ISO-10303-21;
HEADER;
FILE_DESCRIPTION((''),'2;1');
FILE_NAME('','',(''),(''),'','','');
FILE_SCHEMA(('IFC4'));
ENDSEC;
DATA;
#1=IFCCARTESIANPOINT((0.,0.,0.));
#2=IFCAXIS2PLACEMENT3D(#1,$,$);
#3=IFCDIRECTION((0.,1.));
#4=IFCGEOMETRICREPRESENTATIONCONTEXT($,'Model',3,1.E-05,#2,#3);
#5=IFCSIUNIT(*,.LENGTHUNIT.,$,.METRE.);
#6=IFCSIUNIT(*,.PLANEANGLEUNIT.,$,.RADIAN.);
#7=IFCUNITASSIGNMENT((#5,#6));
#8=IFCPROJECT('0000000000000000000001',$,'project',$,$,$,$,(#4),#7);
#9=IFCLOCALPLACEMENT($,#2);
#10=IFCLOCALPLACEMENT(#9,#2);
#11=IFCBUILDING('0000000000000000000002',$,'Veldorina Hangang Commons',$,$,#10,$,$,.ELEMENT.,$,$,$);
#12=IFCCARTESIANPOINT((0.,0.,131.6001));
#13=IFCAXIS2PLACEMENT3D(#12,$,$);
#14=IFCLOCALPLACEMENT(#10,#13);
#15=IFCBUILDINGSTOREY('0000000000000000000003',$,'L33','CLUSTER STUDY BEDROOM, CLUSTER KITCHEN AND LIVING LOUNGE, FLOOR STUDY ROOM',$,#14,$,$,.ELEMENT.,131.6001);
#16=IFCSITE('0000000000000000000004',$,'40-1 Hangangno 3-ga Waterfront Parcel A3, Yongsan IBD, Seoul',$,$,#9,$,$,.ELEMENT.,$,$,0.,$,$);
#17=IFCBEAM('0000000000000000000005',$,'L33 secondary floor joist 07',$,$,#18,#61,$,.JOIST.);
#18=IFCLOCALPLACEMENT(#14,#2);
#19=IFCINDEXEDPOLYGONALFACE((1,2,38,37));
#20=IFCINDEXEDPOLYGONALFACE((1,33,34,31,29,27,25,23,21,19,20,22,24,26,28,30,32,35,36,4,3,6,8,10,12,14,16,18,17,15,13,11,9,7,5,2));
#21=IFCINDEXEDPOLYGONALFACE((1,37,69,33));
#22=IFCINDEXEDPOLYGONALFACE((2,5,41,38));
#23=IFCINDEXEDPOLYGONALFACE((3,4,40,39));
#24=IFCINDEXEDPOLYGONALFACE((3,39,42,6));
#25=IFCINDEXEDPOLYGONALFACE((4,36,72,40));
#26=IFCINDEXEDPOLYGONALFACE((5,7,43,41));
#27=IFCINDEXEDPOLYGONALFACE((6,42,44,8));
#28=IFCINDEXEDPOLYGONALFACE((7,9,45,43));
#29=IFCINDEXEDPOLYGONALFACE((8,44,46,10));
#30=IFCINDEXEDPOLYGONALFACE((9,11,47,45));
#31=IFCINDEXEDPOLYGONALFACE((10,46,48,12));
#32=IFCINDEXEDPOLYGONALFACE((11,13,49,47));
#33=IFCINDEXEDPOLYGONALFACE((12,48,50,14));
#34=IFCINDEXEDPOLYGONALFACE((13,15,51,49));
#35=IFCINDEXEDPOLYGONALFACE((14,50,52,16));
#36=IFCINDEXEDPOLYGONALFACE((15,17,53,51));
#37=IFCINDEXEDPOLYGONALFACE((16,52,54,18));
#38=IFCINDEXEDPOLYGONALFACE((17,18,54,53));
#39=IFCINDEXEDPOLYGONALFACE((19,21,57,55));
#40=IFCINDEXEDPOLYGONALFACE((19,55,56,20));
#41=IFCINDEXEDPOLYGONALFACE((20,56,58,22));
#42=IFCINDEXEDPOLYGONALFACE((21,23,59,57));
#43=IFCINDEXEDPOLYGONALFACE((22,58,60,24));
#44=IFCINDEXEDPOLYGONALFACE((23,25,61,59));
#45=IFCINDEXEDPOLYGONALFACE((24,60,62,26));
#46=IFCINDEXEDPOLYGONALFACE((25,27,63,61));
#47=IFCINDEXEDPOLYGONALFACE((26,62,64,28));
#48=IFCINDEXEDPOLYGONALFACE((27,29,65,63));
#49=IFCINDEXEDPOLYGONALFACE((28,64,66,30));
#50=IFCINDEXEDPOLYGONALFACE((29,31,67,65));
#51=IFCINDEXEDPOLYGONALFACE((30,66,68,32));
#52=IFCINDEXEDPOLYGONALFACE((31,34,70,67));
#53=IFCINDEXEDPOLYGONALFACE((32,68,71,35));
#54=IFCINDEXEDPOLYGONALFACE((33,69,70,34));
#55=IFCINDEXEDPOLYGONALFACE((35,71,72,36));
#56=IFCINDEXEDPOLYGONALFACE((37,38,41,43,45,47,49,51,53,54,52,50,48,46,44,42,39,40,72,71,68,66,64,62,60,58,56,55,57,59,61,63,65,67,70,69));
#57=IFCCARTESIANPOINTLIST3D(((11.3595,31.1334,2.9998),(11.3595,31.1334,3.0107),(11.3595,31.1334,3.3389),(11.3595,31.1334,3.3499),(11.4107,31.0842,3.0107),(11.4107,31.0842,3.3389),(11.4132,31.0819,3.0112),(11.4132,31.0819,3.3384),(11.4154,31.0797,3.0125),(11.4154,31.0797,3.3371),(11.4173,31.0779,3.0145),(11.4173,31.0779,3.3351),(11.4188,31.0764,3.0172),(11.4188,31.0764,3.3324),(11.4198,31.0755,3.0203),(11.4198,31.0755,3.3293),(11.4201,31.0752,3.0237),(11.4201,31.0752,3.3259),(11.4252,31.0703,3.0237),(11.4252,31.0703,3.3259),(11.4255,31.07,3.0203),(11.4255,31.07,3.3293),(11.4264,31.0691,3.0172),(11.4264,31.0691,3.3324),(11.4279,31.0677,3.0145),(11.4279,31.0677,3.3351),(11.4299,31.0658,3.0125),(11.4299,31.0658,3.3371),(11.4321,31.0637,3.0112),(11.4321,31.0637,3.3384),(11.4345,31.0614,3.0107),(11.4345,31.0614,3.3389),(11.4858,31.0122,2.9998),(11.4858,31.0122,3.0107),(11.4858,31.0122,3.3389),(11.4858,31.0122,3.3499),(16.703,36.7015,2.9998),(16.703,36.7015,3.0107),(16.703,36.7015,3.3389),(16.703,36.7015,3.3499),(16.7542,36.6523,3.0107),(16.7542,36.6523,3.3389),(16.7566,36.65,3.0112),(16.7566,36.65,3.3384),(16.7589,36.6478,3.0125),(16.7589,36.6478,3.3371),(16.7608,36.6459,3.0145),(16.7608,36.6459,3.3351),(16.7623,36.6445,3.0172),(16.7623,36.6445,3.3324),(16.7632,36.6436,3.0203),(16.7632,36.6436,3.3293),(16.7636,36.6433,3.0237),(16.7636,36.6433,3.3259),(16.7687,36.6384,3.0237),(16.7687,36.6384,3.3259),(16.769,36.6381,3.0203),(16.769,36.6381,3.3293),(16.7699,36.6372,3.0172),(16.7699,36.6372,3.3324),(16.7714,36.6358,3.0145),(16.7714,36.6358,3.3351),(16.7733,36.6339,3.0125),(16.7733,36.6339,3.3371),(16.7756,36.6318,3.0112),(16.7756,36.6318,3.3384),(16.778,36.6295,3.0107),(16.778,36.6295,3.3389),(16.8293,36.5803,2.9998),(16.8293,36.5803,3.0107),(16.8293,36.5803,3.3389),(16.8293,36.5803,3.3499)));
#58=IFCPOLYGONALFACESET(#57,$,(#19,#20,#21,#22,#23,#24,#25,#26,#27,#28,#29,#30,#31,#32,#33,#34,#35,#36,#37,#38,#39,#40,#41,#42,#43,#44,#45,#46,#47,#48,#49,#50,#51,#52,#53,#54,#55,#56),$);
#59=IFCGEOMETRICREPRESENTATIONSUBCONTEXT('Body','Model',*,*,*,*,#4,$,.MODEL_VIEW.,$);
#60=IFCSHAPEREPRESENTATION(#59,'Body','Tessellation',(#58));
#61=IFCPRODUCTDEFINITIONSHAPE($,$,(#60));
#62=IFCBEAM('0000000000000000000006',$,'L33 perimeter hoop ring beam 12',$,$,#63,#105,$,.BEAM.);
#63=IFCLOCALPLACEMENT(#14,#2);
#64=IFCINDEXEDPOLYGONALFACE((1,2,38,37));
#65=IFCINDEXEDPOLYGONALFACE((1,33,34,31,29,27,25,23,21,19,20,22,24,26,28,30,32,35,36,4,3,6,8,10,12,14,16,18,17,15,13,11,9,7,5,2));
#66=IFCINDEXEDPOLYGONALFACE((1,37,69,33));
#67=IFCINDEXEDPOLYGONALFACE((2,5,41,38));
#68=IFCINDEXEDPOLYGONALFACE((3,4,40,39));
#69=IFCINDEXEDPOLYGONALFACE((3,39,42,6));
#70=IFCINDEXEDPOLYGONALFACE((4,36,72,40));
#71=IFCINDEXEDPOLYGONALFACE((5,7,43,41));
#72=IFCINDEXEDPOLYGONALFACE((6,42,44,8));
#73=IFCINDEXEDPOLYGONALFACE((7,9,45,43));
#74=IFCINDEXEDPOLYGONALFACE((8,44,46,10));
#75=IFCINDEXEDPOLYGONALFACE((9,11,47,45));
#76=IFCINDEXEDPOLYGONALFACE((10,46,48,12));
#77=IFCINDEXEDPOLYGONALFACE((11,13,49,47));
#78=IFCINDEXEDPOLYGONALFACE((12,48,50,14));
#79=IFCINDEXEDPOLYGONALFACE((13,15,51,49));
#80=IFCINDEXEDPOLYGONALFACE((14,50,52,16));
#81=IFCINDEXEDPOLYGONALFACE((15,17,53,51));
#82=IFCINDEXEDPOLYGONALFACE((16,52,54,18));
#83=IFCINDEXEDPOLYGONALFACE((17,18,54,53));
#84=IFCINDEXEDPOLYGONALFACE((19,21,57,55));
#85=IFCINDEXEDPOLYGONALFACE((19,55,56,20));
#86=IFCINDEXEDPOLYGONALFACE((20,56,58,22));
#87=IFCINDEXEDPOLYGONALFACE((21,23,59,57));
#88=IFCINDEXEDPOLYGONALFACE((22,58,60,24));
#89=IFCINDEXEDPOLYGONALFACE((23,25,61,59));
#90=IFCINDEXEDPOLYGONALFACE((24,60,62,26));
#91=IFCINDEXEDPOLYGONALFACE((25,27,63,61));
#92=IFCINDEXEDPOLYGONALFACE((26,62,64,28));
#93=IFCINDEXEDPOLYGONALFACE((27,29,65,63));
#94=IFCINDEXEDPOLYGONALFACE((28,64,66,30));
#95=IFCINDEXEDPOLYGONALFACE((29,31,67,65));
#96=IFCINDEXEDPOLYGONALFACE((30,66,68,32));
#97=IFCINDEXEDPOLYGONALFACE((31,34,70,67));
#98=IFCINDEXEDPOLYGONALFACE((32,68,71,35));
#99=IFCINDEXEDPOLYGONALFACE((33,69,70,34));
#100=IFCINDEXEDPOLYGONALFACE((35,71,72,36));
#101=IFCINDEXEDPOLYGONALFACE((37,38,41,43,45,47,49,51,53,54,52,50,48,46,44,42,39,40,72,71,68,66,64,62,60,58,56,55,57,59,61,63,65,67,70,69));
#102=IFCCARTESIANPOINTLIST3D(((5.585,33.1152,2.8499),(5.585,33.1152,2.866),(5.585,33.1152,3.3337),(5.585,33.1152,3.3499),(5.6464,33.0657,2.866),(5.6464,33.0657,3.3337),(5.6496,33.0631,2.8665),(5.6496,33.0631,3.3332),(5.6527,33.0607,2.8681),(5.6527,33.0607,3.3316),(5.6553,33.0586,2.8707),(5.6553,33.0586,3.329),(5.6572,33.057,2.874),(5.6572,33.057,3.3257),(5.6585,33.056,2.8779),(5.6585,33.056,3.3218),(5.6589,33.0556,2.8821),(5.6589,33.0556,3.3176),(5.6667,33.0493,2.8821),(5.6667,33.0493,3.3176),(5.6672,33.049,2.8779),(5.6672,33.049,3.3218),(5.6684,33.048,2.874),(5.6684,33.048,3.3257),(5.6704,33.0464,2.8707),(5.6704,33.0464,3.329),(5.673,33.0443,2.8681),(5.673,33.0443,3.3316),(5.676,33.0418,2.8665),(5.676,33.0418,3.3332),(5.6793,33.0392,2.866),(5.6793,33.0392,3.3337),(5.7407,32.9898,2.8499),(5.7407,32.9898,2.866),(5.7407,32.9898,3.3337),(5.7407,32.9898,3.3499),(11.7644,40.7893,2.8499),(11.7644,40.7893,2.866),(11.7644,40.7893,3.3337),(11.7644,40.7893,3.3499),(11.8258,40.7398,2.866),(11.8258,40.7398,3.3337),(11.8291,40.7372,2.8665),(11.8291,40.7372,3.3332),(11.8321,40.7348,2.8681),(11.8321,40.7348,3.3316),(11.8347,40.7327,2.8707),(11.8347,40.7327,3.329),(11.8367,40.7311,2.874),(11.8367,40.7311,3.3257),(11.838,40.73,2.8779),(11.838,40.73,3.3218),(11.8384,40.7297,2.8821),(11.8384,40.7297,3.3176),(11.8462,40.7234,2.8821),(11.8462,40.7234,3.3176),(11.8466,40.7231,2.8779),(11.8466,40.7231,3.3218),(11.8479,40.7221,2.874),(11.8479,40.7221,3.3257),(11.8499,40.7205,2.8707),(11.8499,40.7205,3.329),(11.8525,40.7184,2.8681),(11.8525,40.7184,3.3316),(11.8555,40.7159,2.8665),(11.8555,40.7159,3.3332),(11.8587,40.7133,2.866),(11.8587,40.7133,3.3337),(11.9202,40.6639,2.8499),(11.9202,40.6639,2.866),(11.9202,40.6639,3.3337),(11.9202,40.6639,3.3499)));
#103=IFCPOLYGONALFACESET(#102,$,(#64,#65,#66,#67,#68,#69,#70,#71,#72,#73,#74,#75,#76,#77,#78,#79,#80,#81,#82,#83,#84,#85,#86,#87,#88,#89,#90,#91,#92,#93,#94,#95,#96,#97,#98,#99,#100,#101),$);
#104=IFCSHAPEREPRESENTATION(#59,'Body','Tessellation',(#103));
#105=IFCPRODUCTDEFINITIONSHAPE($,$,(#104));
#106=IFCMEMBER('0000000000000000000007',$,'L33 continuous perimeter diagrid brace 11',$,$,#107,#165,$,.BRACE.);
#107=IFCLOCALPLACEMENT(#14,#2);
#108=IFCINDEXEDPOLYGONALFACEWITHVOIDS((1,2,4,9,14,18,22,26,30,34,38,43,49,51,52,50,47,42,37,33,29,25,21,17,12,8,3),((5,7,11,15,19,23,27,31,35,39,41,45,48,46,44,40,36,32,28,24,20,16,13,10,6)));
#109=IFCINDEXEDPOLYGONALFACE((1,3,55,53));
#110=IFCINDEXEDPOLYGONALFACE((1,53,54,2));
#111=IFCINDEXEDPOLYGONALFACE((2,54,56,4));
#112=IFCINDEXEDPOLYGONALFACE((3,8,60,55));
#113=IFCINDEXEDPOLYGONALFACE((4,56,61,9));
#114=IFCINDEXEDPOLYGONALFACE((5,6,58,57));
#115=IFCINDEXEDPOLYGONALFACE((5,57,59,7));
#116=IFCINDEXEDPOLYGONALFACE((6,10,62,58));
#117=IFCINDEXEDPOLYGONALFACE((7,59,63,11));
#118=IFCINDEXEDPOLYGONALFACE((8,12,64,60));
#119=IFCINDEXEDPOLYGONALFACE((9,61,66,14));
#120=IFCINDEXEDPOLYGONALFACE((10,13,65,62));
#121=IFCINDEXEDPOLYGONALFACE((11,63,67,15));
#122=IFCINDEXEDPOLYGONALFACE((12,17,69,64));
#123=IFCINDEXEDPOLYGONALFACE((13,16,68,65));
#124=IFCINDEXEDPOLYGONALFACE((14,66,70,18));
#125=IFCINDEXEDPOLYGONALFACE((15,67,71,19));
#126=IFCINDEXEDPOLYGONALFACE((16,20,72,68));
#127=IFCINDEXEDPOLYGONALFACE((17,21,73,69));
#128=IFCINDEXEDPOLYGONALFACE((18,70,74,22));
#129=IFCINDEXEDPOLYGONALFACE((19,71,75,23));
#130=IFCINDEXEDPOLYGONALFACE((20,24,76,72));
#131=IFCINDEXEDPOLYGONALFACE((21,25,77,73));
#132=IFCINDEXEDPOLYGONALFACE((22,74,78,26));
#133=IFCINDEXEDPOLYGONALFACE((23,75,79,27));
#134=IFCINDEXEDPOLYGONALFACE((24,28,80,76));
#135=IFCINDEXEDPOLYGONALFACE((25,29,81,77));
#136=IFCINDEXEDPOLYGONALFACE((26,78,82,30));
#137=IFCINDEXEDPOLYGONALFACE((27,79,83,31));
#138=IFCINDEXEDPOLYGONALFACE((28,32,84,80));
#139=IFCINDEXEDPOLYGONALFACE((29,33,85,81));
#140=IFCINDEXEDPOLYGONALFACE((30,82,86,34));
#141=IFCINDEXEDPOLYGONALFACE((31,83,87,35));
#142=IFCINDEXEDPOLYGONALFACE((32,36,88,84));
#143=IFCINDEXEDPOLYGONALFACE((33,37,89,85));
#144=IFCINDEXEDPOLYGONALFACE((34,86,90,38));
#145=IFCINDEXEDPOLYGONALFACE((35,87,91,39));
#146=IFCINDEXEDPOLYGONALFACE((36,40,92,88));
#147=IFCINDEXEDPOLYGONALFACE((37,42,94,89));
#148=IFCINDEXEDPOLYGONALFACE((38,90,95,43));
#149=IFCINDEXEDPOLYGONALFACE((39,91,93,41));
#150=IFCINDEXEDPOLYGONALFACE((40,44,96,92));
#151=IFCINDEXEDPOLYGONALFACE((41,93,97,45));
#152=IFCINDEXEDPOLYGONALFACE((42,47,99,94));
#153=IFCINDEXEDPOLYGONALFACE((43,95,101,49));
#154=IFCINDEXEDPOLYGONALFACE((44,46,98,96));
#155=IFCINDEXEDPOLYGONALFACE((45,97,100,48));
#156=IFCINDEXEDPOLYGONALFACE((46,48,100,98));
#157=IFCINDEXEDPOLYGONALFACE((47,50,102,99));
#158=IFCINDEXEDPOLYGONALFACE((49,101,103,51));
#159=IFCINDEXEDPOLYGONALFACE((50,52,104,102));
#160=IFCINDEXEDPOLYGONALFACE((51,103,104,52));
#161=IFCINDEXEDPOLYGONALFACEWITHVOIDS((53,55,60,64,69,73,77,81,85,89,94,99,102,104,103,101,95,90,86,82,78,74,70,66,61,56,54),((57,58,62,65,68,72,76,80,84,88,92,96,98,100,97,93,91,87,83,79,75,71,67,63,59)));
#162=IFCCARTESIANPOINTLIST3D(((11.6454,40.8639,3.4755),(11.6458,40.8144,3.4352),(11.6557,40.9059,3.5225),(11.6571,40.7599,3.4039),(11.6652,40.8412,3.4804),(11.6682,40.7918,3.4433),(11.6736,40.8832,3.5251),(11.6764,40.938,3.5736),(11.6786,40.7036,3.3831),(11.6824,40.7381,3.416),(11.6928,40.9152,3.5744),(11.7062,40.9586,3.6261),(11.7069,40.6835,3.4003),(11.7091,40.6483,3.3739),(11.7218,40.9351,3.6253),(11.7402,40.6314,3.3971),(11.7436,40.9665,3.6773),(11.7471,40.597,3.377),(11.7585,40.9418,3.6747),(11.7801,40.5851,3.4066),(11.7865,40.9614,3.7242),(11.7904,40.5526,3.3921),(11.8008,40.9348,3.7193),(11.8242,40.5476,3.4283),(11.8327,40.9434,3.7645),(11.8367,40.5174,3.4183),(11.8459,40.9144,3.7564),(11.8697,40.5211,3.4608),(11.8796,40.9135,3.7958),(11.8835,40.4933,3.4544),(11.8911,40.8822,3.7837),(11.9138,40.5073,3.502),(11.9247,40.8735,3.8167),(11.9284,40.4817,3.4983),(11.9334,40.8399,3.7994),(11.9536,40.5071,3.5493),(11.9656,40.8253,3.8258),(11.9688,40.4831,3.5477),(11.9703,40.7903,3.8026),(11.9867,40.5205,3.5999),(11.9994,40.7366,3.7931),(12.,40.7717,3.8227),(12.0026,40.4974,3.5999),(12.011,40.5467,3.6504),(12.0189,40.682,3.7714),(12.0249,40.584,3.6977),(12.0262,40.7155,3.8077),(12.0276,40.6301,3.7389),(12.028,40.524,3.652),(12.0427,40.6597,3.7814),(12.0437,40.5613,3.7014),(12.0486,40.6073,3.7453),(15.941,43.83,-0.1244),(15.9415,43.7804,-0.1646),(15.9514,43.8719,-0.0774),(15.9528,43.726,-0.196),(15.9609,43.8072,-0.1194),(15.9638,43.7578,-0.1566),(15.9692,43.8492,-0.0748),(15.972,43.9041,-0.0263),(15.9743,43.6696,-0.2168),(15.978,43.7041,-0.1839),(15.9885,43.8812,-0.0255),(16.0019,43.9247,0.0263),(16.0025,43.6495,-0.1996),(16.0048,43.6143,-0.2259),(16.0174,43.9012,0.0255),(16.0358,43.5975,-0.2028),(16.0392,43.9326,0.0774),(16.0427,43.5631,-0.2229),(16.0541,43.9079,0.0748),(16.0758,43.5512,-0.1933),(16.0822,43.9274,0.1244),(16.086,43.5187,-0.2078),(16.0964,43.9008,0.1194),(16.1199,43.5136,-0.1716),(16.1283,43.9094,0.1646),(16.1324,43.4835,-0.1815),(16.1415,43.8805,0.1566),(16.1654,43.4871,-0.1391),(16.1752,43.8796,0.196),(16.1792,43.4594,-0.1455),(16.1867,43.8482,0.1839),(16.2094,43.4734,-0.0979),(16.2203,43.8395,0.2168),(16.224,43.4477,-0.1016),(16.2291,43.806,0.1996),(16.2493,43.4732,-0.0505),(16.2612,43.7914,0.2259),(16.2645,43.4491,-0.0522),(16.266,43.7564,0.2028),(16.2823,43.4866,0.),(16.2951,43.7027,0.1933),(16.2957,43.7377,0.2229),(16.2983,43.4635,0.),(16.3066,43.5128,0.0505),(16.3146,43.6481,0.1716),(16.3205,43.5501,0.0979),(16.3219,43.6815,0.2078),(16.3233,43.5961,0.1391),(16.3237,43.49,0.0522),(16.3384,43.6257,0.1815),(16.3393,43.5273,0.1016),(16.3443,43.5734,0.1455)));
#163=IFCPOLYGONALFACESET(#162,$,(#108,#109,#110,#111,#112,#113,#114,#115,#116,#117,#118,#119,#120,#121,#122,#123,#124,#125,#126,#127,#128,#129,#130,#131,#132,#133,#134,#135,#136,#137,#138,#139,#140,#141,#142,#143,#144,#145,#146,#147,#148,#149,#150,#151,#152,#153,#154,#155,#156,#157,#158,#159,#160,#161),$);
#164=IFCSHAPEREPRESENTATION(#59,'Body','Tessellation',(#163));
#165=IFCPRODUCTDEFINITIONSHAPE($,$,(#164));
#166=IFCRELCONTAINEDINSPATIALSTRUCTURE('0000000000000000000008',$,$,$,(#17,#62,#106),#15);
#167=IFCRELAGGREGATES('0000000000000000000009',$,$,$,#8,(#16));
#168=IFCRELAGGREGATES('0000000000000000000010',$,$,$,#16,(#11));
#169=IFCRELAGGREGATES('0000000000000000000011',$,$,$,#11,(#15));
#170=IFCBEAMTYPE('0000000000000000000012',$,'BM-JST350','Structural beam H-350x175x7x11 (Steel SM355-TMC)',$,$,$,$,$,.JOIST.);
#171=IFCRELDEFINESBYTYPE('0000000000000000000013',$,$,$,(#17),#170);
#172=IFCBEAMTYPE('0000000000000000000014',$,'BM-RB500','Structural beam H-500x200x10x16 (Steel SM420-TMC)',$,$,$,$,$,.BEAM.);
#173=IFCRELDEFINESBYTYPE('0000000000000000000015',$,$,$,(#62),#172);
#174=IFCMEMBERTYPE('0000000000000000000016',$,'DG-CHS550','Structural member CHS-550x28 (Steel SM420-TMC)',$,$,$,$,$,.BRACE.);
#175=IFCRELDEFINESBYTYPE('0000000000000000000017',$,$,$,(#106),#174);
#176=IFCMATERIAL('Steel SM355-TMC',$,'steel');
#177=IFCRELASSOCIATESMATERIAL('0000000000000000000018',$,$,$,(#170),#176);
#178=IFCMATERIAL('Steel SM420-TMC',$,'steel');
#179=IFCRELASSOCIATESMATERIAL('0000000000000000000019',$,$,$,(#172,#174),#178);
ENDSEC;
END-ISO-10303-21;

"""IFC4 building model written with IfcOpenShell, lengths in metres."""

from ifc_helpers import new_model, si_unit, direction, frame, origin, origin_2d, place, context, subcontext, project, spatial, hollow_circle, i_section, extrude, material, material_profile, profile_set, type_object, element, save


model = new_model("IFC4")

# Units and contexts
model_context = context("Model", 3, precision=1e-05, world=origin(), true_north=direction((0.0, 1.0)))
body_context = subcontext(model_context, "Body", "Model", "MODEL_VIEW")
ifc_project = project(units=[si_unit("LENGTHUNIT", "METRE"), si_unit("PLANEANGLEUNIT", "RADIAN")], contexts=[model_context])

# Site, building, storey
site_placement = place(None, origin())
site = spatial("IfcSite", under=ifc_project, at=site_placement, Name="40-1 Hangangno 3-ga Waterfront Parcel A3, Yongsan IBD, Seoul", CompositionType="ELEMENT", RefElevation=0.0)
building_placement = place(site_placement, origin())
building = spatial("IfcBuilding", under=site, at=building_placement, Name="Veldorina Hangang Commons", CompositionType="ELEMENT")
storey_placement = place(building_placement, frame((0.0, 0.0, 131.6001)))
storey = spatial("IfcBuildingStorey", under=building, at=storey_placement, Name="L33", Description="CLUSTER STUDY BEDROOM, CLUSTER KITCHEN AND LIVING LOUNGE, FLOOR STUDY ROOM", CompositionType="ELEMENT", Elevation=131.6001)

# Beams
ifc_material_1 = material(Name="Steel SM355-TMC", Category="steel")
ifc_material_profile_1 = material_profile(ifc_material_1, i_section(OverallWidth=0.175, OverallDepth=0.3501, WebThickness=0.0071, FlangeThickness=0.011, FilletRadius=0.0129, at=origin_2d()), Name="H-350x175x7x11")
ifc_profile_set_1 = profile_set([ifc_material_profile_1], Name="Steel SM355-TMC")
beam_type_1 = type_object("IfcBeamType", Name="BM-JST350", Description="Structural beam H-350x175x7x11 (Steel SM355-TMC)", PredefinedType="JOIST", material=ifc_profile_set_1)
beam_1_placement = place(storey_placement, frame((16.7661, 36.6409, 3.1748), z_axis=(-0.692405, -0.721509, 0.0), x_axis=(0.721509, -0.692405, 0.0)))
element("IfcBeam", 1, at=beam_1_placement, inside=storey, type_object=beam_type_1, Name="L33 secondary floor joist 07", PredefinedType="JOIST", context=body_context, shape_type="SweptSolid", body=[
    extrude(i_section(OverallWidth=0.175, OverallDepth=0.3501, WebThickness=0.0071, FlangeThickness=0.011, FilletRadius=0.0129, at=origin_2d()), origin(), (0.0, 0.0, 1.0), 7.7173),
])
ifc_material_2 = material(Name="Steel SM420-TMC", Category="steel")
ifc_material_profile_2 = material_profile(ifc_material_2, i_section(OverallWidth=0.2, OverallDepth=0.5, WebThickness=0.01, FlangeThickness=0.0161, FilletRadius=0.0161, at=origin_2d()), Name="H-500x200x10x16")
ifc_profile_set_2 = profile_set([ifc_material_profile_2], Name="Steel SM420-TMC")
beam_type_2 = type_object("IfcBeamType", Name="BM-RB500", Description="Structural beam H-500x200x10x16 (Steel SM420-TMC)", PredefinedType="BEAM", material=ifc_profile_set_2)
beam_2_placement = place(storey_placement, frame((11.8423, 40.7266, 3.0999), z_axis=(-0.627179, -0.778875, 0.0), x_axis=(0.778875, -0.627179, 0.0)))
element("IfcBeam", 2, at=beam_2_placement, inside=storey, type_object=beam_type_2, Name="L33 perimeter hoop ring beam 12", PredefinedType="BEAM", context=body_context, shape_type="SweptSolid", body=[
    extrude(i_section(OverallWidth=0.2, OverallDepth=0.5, WebThickness=0.01, FlangeThickness=0.0161, FilletRadius=0.0161, at=origin_2d()), origin(), (0.0, 0.0, 1.0), 9.8528),
])

# Member
ifc_material_profile_3 = material_profile(ifc_material_2, hollow_circle(Radius=0.2749, WallThickness=0.0281, at=origin_2d()), Name="CHS-550x28")
ifc_profile_set_3 = profile_set([ifc_material_profile_3], Name="Steel SM420-TMC")
member_type = type_object("IfcMemberType", Name="DG-CHS550", Description="Structural member CHS-550x28 (Steel SM420-TMC)", PredefinedType="BRACE", material=ifc_profile_set_3)
member_1_placement = place(storey_placement, frame((16.1421, 43.6897, 0.0), z_axis=(-0.677434, -0.467755, 0.567705), x_axis=(0.568193, -0.822895, 0.0)))
element("IfcMember", 3, at=member_1_placement, inside=storey, type_object=member_type, Name="L33 continuous perimeter diagrid brace 11", PredefinedType="BRACE", context=body_context, shape_type="SweptSolid", body=[
    extrude(hollow_circle(Radius=0.2749, WallThickness=0.0281, at=origin_2d()), origin(), (0.0, 0.0, 1.0), 6.3411),
])

save(model, "model.ifc")
